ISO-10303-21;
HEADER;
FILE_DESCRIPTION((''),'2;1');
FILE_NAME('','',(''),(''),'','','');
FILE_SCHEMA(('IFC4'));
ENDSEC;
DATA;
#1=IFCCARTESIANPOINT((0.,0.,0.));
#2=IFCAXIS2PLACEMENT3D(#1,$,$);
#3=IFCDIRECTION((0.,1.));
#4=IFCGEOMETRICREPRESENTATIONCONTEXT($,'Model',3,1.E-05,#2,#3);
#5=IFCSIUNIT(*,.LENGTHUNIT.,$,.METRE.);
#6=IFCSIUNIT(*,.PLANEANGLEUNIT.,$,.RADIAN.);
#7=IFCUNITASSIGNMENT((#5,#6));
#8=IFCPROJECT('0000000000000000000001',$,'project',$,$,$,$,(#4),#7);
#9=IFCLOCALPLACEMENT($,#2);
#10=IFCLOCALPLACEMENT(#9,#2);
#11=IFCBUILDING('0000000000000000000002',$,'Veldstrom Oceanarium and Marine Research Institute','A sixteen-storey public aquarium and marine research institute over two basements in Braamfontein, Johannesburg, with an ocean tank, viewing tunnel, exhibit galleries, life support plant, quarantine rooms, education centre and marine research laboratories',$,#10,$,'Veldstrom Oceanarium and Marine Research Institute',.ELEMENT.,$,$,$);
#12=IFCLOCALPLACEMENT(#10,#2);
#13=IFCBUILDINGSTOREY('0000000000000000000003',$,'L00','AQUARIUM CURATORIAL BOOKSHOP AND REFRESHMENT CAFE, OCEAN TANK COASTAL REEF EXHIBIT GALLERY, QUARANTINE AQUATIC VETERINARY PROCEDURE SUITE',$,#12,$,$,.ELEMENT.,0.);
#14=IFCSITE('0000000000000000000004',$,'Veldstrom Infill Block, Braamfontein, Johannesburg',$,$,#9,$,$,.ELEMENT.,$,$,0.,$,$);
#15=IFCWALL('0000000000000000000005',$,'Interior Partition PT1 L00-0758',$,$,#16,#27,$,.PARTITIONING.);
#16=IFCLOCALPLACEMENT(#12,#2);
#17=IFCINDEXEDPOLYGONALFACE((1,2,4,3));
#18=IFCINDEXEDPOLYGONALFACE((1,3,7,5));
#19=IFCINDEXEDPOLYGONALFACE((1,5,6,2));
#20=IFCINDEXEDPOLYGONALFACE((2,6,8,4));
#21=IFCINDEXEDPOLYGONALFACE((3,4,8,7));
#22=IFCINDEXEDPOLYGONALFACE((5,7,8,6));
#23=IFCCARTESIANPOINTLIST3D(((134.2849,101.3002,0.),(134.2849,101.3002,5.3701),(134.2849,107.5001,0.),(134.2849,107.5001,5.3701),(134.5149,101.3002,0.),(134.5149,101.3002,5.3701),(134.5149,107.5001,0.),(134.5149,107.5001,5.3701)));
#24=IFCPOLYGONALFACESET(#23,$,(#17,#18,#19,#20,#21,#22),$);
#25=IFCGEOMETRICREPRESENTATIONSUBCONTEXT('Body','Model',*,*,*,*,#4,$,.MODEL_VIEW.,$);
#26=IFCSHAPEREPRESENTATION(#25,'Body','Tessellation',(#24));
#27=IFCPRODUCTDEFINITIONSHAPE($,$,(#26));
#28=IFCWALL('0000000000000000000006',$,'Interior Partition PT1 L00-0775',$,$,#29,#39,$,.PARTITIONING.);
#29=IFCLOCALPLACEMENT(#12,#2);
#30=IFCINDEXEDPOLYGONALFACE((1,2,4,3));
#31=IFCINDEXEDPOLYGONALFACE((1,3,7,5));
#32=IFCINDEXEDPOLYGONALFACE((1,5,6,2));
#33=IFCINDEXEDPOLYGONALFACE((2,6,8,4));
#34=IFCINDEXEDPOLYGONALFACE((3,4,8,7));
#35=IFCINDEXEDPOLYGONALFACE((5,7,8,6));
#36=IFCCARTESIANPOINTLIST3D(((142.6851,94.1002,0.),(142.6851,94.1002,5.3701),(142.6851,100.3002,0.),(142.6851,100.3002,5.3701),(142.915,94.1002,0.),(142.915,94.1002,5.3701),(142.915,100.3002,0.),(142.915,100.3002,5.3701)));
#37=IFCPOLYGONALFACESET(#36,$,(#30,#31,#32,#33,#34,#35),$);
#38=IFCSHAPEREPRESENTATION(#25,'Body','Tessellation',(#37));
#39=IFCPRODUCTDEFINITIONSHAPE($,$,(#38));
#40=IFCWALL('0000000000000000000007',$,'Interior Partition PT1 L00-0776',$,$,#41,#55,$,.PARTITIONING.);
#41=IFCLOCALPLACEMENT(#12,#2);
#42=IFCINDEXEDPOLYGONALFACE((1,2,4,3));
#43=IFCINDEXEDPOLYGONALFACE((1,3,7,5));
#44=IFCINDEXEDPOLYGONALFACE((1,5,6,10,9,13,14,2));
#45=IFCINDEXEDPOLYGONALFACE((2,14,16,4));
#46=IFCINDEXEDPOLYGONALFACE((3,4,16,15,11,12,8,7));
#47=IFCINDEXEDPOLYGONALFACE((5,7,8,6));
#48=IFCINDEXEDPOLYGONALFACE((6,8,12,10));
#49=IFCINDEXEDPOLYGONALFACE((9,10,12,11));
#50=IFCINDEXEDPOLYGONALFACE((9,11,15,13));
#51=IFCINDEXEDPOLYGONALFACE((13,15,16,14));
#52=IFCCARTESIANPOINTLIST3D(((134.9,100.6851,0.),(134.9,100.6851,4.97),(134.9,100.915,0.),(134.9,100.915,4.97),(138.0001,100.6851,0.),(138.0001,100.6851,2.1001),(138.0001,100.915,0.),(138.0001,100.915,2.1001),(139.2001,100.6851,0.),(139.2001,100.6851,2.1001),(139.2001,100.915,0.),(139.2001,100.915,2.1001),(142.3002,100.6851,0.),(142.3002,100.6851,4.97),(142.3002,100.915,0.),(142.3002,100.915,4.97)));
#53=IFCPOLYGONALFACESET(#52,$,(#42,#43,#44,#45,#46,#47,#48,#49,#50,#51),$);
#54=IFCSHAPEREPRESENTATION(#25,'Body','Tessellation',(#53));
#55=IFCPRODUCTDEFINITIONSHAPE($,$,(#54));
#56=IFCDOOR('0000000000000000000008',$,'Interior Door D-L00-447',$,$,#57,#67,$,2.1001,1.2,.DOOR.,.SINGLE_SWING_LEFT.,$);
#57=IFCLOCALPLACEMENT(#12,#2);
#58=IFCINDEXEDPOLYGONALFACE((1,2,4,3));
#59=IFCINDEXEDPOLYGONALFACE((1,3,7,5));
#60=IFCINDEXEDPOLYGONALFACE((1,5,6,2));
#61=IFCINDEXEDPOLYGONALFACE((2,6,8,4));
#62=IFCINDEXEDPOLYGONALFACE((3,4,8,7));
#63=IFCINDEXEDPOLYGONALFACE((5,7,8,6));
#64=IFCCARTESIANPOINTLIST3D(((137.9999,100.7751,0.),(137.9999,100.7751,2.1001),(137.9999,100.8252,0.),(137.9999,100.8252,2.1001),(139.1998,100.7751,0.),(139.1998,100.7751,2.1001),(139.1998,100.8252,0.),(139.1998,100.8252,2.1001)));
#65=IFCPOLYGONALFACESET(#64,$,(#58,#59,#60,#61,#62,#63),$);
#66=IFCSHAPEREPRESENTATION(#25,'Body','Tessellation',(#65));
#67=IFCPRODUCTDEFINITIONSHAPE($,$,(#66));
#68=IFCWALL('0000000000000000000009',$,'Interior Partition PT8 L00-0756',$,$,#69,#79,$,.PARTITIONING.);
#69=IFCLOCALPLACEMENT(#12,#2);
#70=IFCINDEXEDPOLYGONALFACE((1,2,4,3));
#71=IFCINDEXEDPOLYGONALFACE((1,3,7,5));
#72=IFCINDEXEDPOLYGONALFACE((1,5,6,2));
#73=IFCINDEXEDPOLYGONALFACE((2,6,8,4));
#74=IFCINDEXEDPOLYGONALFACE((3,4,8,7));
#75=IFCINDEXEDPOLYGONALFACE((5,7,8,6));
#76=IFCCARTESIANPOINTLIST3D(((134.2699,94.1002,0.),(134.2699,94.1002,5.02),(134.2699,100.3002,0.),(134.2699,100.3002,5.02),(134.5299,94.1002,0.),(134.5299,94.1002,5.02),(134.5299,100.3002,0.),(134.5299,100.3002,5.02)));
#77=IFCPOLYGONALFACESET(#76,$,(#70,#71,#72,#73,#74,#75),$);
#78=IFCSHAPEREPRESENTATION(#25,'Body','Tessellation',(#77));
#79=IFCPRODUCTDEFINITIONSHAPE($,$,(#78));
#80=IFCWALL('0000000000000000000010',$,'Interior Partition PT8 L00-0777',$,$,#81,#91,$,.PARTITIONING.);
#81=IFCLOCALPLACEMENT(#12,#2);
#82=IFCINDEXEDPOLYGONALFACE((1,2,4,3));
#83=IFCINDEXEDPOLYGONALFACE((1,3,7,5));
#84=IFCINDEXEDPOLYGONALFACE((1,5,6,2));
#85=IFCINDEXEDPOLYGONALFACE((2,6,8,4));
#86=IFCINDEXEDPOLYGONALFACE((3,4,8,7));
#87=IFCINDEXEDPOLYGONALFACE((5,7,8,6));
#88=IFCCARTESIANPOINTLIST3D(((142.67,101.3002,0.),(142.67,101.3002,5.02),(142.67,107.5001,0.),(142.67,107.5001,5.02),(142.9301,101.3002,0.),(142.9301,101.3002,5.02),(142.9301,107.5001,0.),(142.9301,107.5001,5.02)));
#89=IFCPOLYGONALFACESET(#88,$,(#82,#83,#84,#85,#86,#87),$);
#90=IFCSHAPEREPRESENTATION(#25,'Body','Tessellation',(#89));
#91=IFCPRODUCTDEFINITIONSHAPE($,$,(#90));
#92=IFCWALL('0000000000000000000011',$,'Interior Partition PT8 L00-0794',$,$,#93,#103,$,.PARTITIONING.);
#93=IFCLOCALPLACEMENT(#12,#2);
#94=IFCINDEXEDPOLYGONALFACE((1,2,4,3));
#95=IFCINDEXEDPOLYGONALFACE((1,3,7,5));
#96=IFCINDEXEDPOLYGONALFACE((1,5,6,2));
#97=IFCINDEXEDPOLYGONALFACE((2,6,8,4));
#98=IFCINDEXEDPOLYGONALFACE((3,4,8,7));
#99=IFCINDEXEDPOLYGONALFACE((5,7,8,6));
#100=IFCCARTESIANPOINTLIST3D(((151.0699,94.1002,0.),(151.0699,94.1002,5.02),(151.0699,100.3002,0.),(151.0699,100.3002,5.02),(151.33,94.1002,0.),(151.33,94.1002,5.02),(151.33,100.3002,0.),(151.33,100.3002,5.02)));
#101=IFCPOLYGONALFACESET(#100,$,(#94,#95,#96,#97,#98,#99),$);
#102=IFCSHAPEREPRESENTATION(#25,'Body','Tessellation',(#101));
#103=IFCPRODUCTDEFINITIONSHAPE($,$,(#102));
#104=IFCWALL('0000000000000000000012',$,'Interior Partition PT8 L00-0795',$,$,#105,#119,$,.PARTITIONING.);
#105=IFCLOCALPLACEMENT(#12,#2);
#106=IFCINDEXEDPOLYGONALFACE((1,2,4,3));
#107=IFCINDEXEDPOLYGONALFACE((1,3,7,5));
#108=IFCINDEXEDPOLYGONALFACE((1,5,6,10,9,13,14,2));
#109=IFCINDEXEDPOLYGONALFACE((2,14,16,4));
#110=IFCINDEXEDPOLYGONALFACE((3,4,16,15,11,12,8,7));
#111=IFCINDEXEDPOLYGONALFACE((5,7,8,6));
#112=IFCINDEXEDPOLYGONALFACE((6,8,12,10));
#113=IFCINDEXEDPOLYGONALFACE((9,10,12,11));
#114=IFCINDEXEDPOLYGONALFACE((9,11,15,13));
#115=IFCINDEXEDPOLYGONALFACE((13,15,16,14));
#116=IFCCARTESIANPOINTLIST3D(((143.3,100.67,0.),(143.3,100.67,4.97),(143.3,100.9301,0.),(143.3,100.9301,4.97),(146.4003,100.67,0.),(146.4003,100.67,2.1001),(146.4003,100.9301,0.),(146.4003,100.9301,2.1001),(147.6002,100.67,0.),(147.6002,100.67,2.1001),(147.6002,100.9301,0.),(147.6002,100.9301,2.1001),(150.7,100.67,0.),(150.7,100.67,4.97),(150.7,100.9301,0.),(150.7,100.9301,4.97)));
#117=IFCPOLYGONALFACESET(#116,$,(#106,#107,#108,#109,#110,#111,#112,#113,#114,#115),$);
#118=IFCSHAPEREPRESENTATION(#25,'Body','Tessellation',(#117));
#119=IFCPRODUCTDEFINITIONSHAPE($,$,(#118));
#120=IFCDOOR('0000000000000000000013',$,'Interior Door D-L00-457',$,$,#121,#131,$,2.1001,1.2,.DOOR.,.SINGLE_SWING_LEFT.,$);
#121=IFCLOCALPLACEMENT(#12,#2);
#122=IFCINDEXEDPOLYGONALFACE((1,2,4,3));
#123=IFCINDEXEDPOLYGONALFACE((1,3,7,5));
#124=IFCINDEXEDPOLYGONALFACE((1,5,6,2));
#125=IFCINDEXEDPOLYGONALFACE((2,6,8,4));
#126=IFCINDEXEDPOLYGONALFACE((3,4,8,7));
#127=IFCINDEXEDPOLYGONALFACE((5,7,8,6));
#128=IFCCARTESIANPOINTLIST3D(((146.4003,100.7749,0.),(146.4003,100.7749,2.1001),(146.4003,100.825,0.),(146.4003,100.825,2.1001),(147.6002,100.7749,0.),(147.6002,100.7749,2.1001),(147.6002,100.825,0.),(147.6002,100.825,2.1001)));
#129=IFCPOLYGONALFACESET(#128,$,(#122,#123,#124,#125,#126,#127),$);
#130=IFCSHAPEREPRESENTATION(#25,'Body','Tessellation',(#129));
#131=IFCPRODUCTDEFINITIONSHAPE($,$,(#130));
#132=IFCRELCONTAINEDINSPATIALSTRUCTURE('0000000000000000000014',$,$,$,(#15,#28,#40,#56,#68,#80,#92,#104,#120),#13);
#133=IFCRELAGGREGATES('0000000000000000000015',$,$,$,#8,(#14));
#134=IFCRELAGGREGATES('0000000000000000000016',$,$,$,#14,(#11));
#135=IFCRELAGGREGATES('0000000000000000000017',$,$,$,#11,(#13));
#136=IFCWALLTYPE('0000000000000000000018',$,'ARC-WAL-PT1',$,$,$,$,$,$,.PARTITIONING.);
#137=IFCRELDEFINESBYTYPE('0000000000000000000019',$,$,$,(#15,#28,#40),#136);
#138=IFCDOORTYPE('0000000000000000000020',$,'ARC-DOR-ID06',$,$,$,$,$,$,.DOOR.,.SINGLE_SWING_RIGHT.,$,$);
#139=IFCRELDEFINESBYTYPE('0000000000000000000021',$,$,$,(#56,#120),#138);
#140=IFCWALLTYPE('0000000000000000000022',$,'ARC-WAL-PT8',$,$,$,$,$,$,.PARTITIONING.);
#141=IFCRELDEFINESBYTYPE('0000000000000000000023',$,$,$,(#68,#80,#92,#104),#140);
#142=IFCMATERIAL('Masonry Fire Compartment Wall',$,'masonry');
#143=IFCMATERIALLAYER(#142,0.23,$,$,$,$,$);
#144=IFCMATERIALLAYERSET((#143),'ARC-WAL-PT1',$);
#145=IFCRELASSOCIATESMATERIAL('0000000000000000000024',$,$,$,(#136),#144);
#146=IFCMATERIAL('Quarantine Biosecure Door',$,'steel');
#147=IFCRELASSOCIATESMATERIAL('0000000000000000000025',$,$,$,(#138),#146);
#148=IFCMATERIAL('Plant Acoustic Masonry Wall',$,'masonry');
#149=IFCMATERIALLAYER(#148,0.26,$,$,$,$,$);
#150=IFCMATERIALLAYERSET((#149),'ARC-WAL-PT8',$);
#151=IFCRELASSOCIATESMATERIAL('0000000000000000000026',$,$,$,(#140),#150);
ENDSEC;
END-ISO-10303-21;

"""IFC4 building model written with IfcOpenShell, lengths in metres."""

from ifc_helpers import new_model, si_unit, direction, frame, frame_2d, origin, place, context, subcontext, project, spatial, rectangle, extrude, material, layer, layer_set, type_object, element, fill, save


model = new_model("IFC4")

# Units and contexts
model_context = context("Model", 3, precision=1e-05, world=origin(), true_north=direction((0.0, 1.0)))
body_context = subcontext(model_context, "Body", "Model", "MODEL_VIEW")
ifc_project = project(units=[si_unit("LENGTHUNIT", "METRE"), si_unit("PLANEANGLEUNIT", "RADIAN")], contexts=[model_context])

# Site, building, storey
site_placement = place(None, origin())
site = spatial("IfcSite", under=ifc_project, at=site_placement, Name="Veldstrom Infill Block, Braamfontein, Johannesburg", CompositionType="ELEMENT", RefElevation=0.0)
building_placement = place(site_placement, origin())
building = spatial("IfcBuilding", under=site, at=building_placement, Name="Veldstrom Oceanarium and Marine Research Institute", Description="A sixteen-storey public aquarium and marine research institute over two basements in Braamfontein, Johannesburg, with an ocean tank, viewing tunnel, exhibit galleries, life support plant, quarantine rooms, education centre and marine research laboratories", LongName="Veldstrom Oceanarium and Marine Research Institute", CompositionType="ELEMENT")
storey_placement = place(building_placement, origin())
storey = spatial("IfcBuildingStorey", under=building, at=storey_placement, Name="L00", Description="AQUARIUM CURATORIAL BOOKSHOP AND REFRESHMENT CAFE, OCEAN TANK COASTAL REEF EXHIBIT GALLERY, QUARANTINE AQUATIC VETERINARY PROCEDURE SUITE", CompositionType="ELEMENT", Elevation=0.0)

# Walls
ifc_material_1 = material(Name="Masonry Fire Compartment Wall", Category="masonry")
ifc_layer_1 = layer(ifc_material_1, 0.23)
ifc_layer_set_1 = layer_set([ifc_layer_1], Name="ARC-WAL-PT1")
wall_type_1 = type_object("IfcWallType", Name="ARC-WAL-PT1", PredefinedType="PARTITIONING", material=ifc_layer_set_1)
for number, where, z_axis, x_axis, name in (
    (1, (134.3999, 101.3, 0.0), (0.0, 0.0, 1.0), (0.0, 1.0, 0.0), "Interior Partition PT1 L00-0758"),
    (2, (142.8, 94.1001, 0.0), (0.0, 0.0, 1.0), (0.0, 1.0, 0.0), "Interior Partition PT1 L00-0775"),
):
    element("IfcWall", number, at=place(storey_placement, frame(where, z_axis=z_axis, x_axis=x_axis)), inside=storey, type_object=wall_type_1, Name=name, PredefinedType="PARTITIONING", context=body_context, shape_type="SweptSolid", body=[
        extrude(rectangle(XDim=6.2, YDim=0.23, at=frame_2d((3.1001, 0.0))), origin(), (0.0, 0.0, 1.0), 5.3701),
    ])

# Wall, opening, door
wall_1_placement = place(storey_placement, frame((134.8999, 100.8, 0.0), z_axis=(0.0, 0.0, 1.0), x_axis=(1.0, 0.0, 0.0)))
wall_1 = element("IfcWall", 3, at=wall_1_placement, inside=storey, type_object=wall_type_1, Name="Interior Partition PT1 L00-0776", PredefinedType="PARTITIONING", context=body_context, shape_type="SweptSolid", body=[
    extrude(rectangle(XDim=7.4001, YDim=0.23, at=frame_2d((3.7002, 0.0))), origin(), (0.0, 0.0, 1.0), 4.97),
])
opening_1_placement = place(wall_1_placement, frame((3.1001, 0.0, 0.0)))
opening_1 = element("IfcOpeningElement", 4, at=opening_1_placement, cuts=wall_1, PredefinedType="OPENING", context=body_context, shape_type="SweptSolid", body=[
    extrude(rectangle(XDim=1.2, YDim=2.1001, at=frame_2d((0.6001, 1.05))), frame((0.0, 0.125, 0.0), z_axis=(0.0, -1.0, 0.0), x_axis=(1.0, 0.0, 0.0)), (0.0, 0.0, 1.0), 0.25),
])
ifc_material_2 = material(Name="Quarantine Biosecure Door", Category="steel")
door_type = type_object("IfcDoorType", Name="ARC-DOR-ID06", OperationType="SINGLE_SWING_RIGHT", PredefinedType="DOOR", material=ifc_material_2)
door_1_placement = place(opening_1_placement, frame((1.2, 0.0, 0.0), z_axis=(0.0, 0.0, 1.0), x_axis=(-1.0, 0.0, 0.0)))
door_1 = element("IfcDoor", 5, at=door_1_placement, inside=storey, type_object=door_type, Name="Interior Door D-L00-447", OperationType="SINGLE_SWING_LEFT", OverallHeight=2.1001, OverallWidth=1.2, PredefinedType="DOOR", context=body_context, shape_type="SweptSolid", body=[
    extrude(rectangle(XDim=1.2, YDim=2.1001, at=frame_2d((0.6001, 1.05))), frame((0.0, 0.0249, 0.0), z_axis=(0.0, -1.0, 0.0), x_axis=(1.0, 0.0, 0.0)), (0.0, 0.0, 1.0), 0.05),
])
fill(opening_1, door_1)

# Walls
ifc_material_3 = material(Name="Plant Acoustic Masonry Wall", Category="masonry")
ifc_layer_2 = layer(ifc_material_3, 0.26)
ifc_layer_set_2 = layer_set([ifc_layer_2], Name="ARC-WAL-PT8")
wall_type_2 = type_object("IfcWallType", Name="ARC-WAL-PT8", PredefinedType="PARTITIONING", material=ifc_layer_set_2)
for number, where, z_axis, x_axis, name in (
    (6, (134.3999, 94.1001, 0.0), (0.0, 0.0, 1.0), (0.0, 1.0, 0.0), "Interior Partition PT8 L00-0756"),
    (7, (142.8, 101.3, 0.0), (0.0, 0.0, 1.0), (0.0, 1.0, 0.0), "Interior Partition PT8 L00-0777"),
    (8, (151.2, 94.1001, 0.0), (0.0, 0.0, 1.0), (0.0, 1.0, 0.0), "Interior Partition PT8 L00-0794"),
):
    element("IfcWall", number, at=place(storey_placement, frame(where, z_axis=z_axis, x_axis=x_axis)), inside=storey, type_object=wall_type_2, Name=name, PredefinedType="PARTITIONING", context=body_context, shape_type="SweptSolid", body=[
        extrude(rectangle(XDim=6.2, YDim=0.26, at=frame_2d((3.1001, 0.0))), origin(), (0.0, 0.0, 1.0), 5.02),
    ])

# Wall, opening, door
wall_2_placement = place(storey_placement, frame((143.3, 100.8, 0.0), z_axis=(0.0, 0.0, 1.0), x_axis=(1.0, 0.0, 0.0)))
wall_2 = element("IfcWall", 9, at=wall_2_placement, inside=storey, type_object=wall_type_2, Name="Interior Partition PT8 L00-0795", PredefinedType="PARTITIONING", context=body_context, shape_type="SweptSolid", body=[
    extrude(rectangle(XDim=7.3999, YDim=0.26, at=frame_2d((3.7, 0.0))), origin(), (0.0, 0.0, 1.0), 4.97),
])
opening_2_placement = place(wall_2_placement, frame((3.1001, 0.0, 0.0)))
opening_2 = element("IfcOpeningElement", 10, at=opening_2_placement, cuts=wall_2, PredefinedType="OPENING", context=body_context, shape_type="SweptSolid", body=[
    extrude(rectangle(XDim=1.2, YDim=2.1001, at=frame_2d((0.6001, 1.05))), frame((0.0, 0.1399, 0.0), z_axis=(0.0, -1.0, 0.0), x_axis=(1.0, 0.0, 0.0)), (0.0, 0.0, 1.0), 0.28),
])
door_2_placement = place(opening_2_placement, origin())
door_2 = element("IfcDoor", 11, at=door_2_placement, inside=storey, type_object=door_type, Name="Interior Door D-L00-457", OperationType="SINGLE_SWING_LEFT", OverallHeight=2.1001, OverallWidth=1.2, PredefinedType="DOOR", context=body_context, shape_type="SweptSolid", body=[
    extrude(rectangle(XDim=1.2, YDim=2.1001, at=frame_2d((0.6001, 1.05))), frame((0.0, 0.0249, 0.0), z_axis=(0.0, -1.0, 0.0), x_axis=(1.0, 0.0, 0.0)), (0.0, 0.0, 1.0), 0.05),
])
fill(opening_2, door_2)

save(model, "model.ifc")
